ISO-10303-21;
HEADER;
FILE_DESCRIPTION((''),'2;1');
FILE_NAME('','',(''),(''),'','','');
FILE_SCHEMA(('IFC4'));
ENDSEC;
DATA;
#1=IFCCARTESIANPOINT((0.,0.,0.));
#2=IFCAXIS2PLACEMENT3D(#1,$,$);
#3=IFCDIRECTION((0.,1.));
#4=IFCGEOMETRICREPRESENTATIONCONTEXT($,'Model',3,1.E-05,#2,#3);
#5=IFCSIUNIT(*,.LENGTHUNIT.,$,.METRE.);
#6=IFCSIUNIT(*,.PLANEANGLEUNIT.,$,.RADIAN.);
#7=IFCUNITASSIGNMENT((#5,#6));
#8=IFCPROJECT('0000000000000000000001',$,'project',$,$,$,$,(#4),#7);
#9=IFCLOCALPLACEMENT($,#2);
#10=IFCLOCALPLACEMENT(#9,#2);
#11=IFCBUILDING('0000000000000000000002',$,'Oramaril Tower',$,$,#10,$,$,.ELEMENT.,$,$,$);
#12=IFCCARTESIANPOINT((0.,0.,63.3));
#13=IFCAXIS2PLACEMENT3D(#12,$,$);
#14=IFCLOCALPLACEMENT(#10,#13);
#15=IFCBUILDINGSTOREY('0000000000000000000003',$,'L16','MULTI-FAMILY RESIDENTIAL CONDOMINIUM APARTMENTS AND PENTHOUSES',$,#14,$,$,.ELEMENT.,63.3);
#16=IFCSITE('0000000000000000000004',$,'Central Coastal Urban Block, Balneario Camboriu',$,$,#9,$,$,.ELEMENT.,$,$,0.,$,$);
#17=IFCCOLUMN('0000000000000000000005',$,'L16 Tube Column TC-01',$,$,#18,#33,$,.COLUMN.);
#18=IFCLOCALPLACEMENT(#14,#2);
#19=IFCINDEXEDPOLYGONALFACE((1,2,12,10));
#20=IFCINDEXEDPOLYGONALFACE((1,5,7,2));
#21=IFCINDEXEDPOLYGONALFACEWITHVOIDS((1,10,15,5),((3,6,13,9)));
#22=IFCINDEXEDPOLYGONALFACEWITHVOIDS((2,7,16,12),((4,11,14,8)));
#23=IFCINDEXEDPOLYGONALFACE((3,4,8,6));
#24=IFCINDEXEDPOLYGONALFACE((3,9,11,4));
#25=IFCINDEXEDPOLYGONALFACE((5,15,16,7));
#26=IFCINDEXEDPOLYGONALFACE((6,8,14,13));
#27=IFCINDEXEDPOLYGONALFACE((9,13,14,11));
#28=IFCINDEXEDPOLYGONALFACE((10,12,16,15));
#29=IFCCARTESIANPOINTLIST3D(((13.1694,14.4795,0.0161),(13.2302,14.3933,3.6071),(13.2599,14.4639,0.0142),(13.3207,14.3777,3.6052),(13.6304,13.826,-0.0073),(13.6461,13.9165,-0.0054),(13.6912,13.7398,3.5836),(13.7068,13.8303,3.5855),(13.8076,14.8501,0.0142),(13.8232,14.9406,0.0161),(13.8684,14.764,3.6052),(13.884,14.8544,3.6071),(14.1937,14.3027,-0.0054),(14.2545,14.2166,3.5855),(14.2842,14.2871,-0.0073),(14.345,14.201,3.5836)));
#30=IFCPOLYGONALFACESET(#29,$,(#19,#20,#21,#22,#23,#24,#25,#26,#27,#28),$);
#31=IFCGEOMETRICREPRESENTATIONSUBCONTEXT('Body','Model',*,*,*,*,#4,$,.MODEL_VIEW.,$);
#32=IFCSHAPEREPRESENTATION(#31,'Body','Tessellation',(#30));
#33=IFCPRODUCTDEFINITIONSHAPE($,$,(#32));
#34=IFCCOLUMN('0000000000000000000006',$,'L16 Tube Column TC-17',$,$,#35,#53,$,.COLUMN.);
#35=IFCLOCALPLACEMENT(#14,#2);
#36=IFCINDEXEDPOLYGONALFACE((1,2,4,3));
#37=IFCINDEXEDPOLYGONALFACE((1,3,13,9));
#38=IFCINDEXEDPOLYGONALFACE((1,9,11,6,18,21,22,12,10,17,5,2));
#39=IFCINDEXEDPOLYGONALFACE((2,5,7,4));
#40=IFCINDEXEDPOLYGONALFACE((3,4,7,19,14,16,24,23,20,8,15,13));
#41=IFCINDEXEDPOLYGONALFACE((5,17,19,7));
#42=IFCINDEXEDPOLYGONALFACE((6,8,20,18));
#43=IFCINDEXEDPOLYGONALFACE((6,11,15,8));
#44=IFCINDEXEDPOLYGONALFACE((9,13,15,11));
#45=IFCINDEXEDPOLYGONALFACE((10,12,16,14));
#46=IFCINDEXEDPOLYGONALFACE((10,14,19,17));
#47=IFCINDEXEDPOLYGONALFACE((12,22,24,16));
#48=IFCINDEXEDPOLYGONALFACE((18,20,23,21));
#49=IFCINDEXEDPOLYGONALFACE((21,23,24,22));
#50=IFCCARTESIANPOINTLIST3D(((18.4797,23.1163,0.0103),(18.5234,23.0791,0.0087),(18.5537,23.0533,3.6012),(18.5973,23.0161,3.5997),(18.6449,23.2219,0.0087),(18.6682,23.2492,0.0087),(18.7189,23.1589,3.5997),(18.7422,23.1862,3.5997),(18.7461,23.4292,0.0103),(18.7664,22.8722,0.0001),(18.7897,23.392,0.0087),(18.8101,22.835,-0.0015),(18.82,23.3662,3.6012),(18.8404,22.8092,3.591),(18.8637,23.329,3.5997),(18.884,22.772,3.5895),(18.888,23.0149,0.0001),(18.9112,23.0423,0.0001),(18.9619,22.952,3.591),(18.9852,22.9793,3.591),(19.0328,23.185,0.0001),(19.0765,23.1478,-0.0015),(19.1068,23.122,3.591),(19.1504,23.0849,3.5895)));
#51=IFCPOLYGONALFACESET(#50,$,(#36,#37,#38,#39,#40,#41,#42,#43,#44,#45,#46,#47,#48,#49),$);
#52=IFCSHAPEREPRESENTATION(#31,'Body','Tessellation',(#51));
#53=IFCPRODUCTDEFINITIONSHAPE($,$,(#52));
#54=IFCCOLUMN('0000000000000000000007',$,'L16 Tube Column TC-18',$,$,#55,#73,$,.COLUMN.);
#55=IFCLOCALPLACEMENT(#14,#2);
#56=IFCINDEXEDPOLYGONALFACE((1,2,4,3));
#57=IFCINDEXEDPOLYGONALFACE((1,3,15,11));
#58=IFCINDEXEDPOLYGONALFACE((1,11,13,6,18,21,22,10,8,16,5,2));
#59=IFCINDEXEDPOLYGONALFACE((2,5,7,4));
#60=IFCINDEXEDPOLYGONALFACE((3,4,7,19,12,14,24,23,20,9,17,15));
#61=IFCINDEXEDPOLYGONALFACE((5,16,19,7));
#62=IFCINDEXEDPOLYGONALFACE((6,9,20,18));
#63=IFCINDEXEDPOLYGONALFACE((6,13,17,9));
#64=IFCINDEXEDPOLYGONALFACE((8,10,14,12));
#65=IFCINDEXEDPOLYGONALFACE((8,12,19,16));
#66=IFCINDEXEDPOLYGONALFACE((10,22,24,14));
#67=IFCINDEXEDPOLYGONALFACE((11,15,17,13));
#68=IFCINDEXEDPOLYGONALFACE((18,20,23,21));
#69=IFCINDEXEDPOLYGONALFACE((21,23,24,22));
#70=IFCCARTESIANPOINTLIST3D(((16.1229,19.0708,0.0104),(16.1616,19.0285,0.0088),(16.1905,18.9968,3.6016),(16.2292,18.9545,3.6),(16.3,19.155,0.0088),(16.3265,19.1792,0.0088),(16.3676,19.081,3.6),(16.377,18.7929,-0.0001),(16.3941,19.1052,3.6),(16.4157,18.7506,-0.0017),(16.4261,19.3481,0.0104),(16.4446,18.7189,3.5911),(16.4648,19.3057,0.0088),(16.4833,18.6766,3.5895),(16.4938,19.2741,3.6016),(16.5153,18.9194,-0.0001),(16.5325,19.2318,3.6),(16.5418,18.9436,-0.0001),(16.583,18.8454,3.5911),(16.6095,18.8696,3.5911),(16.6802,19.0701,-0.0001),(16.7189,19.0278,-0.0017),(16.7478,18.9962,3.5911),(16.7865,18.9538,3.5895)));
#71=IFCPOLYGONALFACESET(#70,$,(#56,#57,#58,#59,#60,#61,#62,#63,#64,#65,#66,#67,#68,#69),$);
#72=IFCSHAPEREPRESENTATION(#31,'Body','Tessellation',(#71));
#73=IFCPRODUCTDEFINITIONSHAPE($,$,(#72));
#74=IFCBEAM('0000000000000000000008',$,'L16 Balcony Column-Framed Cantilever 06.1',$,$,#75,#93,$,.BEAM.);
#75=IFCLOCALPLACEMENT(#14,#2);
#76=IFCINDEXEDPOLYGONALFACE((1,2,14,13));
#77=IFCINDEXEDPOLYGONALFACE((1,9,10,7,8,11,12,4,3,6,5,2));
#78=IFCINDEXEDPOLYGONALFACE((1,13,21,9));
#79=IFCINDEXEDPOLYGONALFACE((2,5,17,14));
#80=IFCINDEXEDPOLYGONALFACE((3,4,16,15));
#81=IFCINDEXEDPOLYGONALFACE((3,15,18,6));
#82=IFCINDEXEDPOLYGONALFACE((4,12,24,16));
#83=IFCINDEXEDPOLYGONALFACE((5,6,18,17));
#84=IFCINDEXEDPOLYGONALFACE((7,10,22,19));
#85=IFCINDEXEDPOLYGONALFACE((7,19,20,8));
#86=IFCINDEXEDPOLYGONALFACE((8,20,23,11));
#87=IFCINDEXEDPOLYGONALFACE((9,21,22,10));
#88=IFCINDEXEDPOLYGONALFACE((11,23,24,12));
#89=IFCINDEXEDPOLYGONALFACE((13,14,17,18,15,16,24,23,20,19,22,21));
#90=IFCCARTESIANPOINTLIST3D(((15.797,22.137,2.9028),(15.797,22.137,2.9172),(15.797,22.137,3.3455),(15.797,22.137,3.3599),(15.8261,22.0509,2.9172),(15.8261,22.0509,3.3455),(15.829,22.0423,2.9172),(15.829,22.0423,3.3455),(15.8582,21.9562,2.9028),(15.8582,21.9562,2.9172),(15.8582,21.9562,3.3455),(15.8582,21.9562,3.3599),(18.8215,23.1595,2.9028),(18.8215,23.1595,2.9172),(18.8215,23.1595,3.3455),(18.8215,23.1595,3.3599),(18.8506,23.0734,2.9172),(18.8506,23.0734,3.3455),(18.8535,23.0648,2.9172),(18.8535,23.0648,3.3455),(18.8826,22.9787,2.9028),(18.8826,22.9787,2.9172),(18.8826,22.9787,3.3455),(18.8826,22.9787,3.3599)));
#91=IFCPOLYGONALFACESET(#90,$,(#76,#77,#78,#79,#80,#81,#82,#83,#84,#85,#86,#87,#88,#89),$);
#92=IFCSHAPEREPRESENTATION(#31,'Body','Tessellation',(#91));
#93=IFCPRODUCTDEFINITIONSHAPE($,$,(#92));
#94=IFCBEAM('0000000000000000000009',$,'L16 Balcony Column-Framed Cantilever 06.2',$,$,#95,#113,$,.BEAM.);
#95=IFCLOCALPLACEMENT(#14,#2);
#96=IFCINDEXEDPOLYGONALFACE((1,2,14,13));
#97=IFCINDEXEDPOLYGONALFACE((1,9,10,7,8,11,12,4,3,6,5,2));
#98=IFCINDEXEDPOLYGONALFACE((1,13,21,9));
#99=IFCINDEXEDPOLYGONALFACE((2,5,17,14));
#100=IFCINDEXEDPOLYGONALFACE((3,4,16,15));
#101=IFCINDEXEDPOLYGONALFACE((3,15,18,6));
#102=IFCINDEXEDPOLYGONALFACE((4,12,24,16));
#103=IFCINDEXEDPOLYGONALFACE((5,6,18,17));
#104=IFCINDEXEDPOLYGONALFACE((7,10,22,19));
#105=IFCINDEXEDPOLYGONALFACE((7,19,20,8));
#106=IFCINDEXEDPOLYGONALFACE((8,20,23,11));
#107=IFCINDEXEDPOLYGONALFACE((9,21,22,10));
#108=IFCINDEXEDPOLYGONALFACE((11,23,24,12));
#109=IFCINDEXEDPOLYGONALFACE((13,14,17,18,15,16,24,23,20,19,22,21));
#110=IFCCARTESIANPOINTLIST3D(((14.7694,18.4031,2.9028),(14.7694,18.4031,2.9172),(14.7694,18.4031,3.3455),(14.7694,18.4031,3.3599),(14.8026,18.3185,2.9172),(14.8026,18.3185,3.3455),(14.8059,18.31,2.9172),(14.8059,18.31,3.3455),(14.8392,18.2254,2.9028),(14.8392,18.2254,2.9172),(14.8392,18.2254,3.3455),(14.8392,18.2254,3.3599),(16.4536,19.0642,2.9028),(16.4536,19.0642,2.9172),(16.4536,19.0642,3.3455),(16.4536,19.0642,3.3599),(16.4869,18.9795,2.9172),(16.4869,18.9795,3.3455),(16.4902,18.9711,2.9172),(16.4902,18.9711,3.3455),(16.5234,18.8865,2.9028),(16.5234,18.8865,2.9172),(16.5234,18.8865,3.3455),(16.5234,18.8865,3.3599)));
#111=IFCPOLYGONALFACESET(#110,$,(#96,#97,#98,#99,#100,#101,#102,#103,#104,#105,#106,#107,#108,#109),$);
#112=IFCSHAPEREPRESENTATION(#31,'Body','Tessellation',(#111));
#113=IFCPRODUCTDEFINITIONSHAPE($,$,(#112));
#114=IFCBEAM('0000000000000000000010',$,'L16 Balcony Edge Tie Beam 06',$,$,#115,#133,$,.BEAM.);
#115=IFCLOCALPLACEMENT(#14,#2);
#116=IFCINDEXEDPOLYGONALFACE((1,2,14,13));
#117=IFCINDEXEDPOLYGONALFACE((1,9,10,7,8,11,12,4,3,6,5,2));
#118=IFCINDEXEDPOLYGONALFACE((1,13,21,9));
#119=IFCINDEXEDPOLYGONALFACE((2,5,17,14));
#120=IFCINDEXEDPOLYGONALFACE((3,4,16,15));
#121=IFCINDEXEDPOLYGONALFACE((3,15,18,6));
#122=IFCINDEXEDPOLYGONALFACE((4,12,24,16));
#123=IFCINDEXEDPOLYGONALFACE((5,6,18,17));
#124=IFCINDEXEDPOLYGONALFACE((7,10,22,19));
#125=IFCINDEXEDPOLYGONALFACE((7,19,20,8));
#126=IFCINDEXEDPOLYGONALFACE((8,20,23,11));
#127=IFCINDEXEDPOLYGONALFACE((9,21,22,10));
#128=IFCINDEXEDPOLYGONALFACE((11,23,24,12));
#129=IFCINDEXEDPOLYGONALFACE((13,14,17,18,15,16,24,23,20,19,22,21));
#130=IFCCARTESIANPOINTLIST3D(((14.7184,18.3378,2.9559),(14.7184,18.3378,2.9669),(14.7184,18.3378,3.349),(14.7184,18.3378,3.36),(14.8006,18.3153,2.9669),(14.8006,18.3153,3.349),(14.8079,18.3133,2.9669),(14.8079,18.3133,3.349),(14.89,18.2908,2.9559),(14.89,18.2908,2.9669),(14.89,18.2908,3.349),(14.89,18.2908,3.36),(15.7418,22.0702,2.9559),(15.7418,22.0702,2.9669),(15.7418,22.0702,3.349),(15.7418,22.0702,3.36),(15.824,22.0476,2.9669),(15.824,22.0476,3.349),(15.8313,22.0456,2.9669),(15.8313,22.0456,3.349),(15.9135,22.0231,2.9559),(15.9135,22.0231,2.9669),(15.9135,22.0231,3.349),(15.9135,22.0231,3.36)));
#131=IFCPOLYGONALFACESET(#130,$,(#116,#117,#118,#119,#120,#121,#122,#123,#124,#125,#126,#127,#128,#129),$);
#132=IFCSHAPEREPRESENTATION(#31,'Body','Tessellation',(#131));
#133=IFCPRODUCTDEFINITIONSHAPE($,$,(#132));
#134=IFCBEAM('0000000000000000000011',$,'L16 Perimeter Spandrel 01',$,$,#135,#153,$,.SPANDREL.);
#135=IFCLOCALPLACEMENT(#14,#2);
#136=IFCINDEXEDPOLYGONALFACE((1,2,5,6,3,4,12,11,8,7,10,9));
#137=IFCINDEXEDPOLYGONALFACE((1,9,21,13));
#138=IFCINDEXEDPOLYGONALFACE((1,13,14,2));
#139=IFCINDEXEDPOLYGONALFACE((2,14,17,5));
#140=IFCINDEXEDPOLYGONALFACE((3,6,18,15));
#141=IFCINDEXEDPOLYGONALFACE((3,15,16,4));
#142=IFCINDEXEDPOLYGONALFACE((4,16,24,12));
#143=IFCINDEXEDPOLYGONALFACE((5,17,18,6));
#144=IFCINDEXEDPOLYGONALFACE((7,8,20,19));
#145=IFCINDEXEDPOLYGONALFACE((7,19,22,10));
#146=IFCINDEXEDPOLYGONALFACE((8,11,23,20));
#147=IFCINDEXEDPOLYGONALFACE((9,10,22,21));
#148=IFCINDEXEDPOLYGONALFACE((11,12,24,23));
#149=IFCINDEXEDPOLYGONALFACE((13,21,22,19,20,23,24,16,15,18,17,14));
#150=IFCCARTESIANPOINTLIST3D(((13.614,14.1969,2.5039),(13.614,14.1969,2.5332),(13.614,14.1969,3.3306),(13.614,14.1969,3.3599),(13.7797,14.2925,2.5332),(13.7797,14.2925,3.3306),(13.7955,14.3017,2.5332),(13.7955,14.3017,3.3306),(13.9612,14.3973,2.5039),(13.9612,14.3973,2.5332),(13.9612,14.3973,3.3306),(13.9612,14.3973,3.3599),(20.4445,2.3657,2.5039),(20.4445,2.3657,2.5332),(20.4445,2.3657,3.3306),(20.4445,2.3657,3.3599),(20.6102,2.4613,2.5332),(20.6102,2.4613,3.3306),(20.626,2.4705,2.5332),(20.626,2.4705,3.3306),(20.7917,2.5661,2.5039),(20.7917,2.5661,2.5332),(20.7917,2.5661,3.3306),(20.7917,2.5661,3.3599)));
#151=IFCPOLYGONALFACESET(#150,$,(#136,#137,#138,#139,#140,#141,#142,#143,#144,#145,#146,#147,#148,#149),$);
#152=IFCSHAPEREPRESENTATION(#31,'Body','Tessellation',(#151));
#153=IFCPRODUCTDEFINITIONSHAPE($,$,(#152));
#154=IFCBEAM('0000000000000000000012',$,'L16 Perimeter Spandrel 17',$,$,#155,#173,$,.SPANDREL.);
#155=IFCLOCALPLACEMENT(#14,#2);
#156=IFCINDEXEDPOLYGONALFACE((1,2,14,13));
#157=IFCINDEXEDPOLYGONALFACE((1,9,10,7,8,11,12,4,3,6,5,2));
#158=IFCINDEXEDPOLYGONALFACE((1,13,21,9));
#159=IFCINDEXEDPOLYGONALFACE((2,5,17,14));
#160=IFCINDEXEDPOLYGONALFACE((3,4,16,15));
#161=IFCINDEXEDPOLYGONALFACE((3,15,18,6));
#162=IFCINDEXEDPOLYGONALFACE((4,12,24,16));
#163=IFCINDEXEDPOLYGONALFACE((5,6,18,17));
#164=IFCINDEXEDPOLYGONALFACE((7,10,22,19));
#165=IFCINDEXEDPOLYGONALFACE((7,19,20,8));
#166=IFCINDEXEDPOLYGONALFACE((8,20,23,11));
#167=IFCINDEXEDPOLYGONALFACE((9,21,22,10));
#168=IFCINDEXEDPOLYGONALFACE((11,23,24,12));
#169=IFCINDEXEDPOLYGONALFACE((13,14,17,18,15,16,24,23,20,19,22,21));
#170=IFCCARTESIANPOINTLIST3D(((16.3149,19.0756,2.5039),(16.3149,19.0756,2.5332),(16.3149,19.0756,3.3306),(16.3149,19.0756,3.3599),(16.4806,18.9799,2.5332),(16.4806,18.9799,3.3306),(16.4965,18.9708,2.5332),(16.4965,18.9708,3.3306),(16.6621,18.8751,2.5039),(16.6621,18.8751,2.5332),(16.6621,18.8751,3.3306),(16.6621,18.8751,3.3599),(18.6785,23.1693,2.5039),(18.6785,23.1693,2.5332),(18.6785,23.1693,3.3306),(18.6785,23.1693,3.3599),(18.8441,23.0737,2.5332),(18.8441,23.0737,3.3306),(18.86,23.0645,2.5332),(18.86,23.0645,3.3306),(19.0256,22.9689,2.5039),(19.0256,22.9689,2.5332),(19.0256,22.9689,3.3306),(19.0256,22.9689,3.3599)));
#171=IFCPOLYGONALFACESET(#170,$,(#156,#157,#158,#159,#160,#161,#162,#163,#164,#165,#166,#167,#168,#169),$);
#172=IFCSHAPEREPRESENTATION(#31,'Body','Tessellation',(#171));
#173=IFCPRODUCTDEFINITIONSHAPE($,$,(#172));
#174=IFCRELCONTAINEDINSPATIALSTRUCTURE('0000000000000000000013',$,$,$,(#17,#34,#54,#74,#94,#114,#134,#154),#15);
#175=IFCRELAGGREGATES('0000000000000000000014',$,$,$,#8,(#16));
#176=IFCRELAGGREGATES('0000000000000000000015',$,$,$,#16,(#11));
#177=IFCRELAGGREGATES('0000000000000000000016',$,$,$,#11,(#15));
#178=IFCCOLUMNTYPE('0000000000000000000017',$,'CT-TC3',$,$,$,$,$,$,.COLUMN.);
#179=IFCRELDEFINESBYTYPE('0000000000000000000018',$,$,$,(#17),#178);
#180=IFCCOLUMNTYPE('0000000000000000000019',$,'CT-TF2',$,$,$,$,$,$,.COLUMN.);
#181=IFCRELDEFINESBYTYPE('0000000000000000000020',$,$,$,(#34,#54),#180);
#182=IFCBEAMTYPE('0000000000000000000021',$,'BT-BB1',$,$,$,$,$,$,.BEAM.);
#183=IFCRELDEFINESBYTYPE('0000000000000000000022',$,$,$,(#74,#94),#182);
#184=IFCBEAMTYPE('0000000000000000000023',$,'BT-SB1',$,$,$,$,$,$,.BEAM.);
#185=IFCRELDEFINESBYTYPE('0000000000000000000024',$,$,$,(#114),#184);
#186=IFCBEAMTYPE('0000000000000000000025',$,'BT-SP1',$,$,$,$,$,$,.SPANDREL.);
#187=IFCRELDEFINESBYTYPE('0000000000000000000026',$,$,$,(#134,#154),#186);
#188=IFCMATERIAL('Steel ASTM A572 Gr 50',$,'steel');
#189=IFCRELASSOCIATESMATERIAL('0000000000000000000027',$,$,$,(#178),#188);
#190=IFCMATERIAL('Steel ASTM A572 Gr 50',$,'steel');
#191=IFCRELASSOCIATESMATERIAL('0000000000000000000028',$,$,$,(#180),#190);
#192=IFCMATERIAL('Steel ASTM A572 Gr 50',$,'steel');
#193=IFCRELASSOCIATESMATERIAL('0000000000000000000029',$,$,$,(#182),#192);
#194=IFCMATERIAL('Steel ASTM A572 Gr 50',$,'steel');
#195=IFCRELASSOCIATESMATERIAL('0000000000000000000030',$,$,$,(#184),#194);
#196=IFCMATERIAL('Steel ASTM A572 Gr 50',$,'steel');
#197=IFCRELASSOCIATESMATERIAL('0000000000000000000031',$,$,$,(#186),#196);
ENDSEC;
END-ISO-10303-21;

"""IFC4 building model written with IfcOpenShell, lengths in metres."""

from ifc_helpers import new_model, si_unit, direction, frame, origin, origin_2d, place, context, subcontext, project, spatial, hollow_rectangle, i_section, extrude, material, material_profile, profile_set, type_object, element, save


model = new_model("IFC4")

# Units and contexts
model_context = context("Model", 3, precision=1e-05, world=origin(), true_north=direction((0.0, 1.0)))
body_context = subcontext(model_context, "Body", "Model", "MODEL_VIEW")
ifc_project = project(units=[si_unit("LENGTHUNIT", "METRE"), si_unit("PLANEANGLEUNIT", "RADIAN")], contexts=[model_context])

# Site, building, storey
site_placement = place(None, origin())
site = spatial("IfcSite", under=ifc_project, at=site_placement, Name="Central Coastal Urban Block, Balneario Camboriu", CompositionType="ELEMENT", RefElevation=0.0)
building_placement = place(site_placement, origin())
building = spatial("IfcBuilding", under=site, at=building_placement, Name="Oramaril Tower", CompositionType="ELEMENT")
storey_placement = place(building_placement, frame((0.0, 0.0, 63.3)))
storey = spatial("IfcBuildingStorey", under=building, at=storey_placement, Name="L16", Description="MULTI-FAMILY RESIDENTIAL CONDOMINIUM APARTMENTS AND PENTHOUSES", CompositionType="ELEMENT", Elevation=63.3)

# Columns
ifc_material_1 = material(Name="Steel ASTM A572 Gr 50", Category="steel")
ifc_material_profile_1 = material_profile(ifc_material_1, hollow_rectangle(XDim=0.8, YDim=0.8, WallThickness=0.0649, at=origin_2d()), Name="BOX800X800X65")
ifc_profile_set_1 = profile_set([ifc_material_profile_1], Name="Steel ASTM A572 Gr 50")
column_type_1 = type_object("IfcColumnType", Name="CT-TC3", PredefinedType="COLUMN", material=ifc_profile_set_1)
column_1_placement = place(storey_placement, frame((13.7268, 14.3833, 0.0044), z_axis=(0.016921, -0.023989, 0.999569), x_axis=(0.81716, 0.576411, 0.0)))
element("IfcColumn", 1, at=column_1_placement, inside=storey, type_object=column_type_1, Name="L16 Tube Column TC-01", PredefinedType="COLUMN", context=body_context, shape_type="SweptSolid", body=[
    extrude(hollow_rectangle(XDim=0.8, YDim=0.8, WallThickness=0.0649, at=origin_2d()), origin(), (0.0, 0.0, 1.0), 3.5925),
])
ifc_material_2 = material(Name="Steel ASTM A572 Gr 50", Category="steel")
ifc_material_profile_2 = material_profile(ifc_material_2, i_section(OverallWidth=0.4109, OverallDepth=0.4341, WebThickness=0.0359, FlangeThickness=0.0574, at=origin_2d()), Name="W14X311")
ifc_profile_set_2 = profile_set([ifc_material_profile_2], Name="Steel ASTM A572 Gr 50")
column_type_2 = type_object("IfcColumnType", Name="CT-TF2", PredefinedType="COLUMN", material=ifc_profile_set_2)
column_2_placement = place(storey_placement, frame((18.7781, 23.1321, 0.0044), z_axis=(0.020592, -0.017534, 0.999634), x_axis=(0.648305, 0.761381, 0.0)))
element("IfcColumn", 2, at=column_2_placement, inside=storey, type_object=column_type_2, Name="L16 Tube Column TC-17", PredefinedType="COLUMN", context=body_context, shape_type="SweptSolid", body=[
    extrude(i_section(OverallWidth=0.4109, OverallDepth=0.4341, WebThickness=0.0359, FlangeThickness=0.0574, at=origin_2d()), origin(), (0.0, 0.0, 1.0), 3.5923),
])
column_3_placement = place(storey_placement, frame((16.4209, 19.0493, 0.0044), z_axis=(0.018825, -0.020592, 0.999611), x_axis=(0.738063, 0.674731, 0.0)))
element("IfcColumn", 3, at=column_3_placement, inside=storey, type_object=column_type_2, Name="L16 Tube Column TC-18", PredefinedType="COLUMN", context=body_context, shape_type="SweptSolid", body=[
    extrude(i_section(OverallWidth=0.4109, OverallDepth=0.4341, WebThickness=0.0359, FlangeThickness=0.0574, at=origin_2d()), origin(), (0.0, 0.0, 1.0), 3.5925),
])

# Beams
ifc_material_3 = material(Name="Steel ASTM A572 Gr 50", Category="steel")
ifc_material_profile_3 = material_profile(ifc_material_3, i_section(OverallWidth=0.1909, OverallDepth=0.457, WebThickness=0.009, FlangeThickness=0.0144, at=origin_2d()), Name="W18X50")
ifc_profile_set_3 = profile_set([ifc_material_profile_3], Name="Steel ASTM A572 Gr 50")
beam_type_1 = type_object("IfcBeamType", Name="BT-BB1", PredefinedType="BEAM", material=ifc_profile_set_3)
beam_1_placement = place(storey_placement, frame((18.8521, 23.0691, 3.1313), z_axis=(-0.947329, -0.320263, 0.0), x_axis=(0.320263, -0.947329, 0.0)))
element("IfcBeam", 4, at=beam_1_placement, inside=storey, type_object=beam_type_1, Name="L16 Balcony Column-Framed Cantilever 06.1", PredefinedType="BEAM", context=body_context, shape_type="SweptSolid", body=[
    extrude(i_section(OverallWidth=0.1909, OverallDepth=0.457, WebThickness=0.009, FlangeThickness=0.0144, at=origin_2d()), origin(), (0.0, 0.0, 1.0), 3.1926),
])
beam_2_placement = place(storey_placement, frame((16.4885, 18.9753, 3.1313), z_axis=(-0.930858, -0.365381, 0.0), x_axis=(0.365381, -0.930858, 0.0)))
element("IfcBeam", 5, at=beam_2_placement, inside=storey, type_object=beam_type_1, Name="L16 Balcony Column-Framed Cantilever 06.2", PredefinedType="BEAM", context=body_context, shape_type="SweptSolid", body=[
    extrude(i_section(OverallWidth=0.1909, OverallDepth=0.457, WebThickness=0.009, FlangeThickness=0.0144, at=origin_2d()), origin(), (0.0, 0.0, 1.0), 1.8093),
])
ifc_material_4 = material(Name="Steel ASTM A572 Gr 50", Category="steel")
ifc_material_profile_4 = material_profile(ifc_material_4, i_section(OverallWidth=0.178, OverallDepth=0.4041, WebThickness=0.0076, FlangeThickness=0.011, at=origin_2d()), Name="W16X36")
ifc_profile_set_4 = profile_set([ifc_material_profile_4], Name="Steel ASTM A572 Gr 50")
beam_type_2 = type_object("IfcBeamType", Name="BT-SB1", PredefinedType="BEAM", material=ifc_profile_set_4)
beam_3_placement = place(storey_placement, frame((15.8276, 22.0466, 3.158), z_axis=(-0.264441, -0.964402, 0.0), x_axis=(0.964402, -0.264441, 0.0)))
element("IfcBeam", 6, at=beam_3_placement, inside=storey, type_object=beam_type_2, Name="L16 Balcony Edge Tie Beam 06", PredefinedType="BEAM", context=body_context, shape_type="SweptSolid", body=[
    extrude(i_section(OverallWidth=0.178, OverallDepth=0.4041, WebThickness=0.0076, FlangeThickness=0.011, at=origin_2d()), origin(), (0.0, 0.0, 1.0), 3.8701),
])
ifc_material_5 = material(Name="Steel ASTM A572 Gr 50", Category="steel")
ifc_material_profile_5 = material_profile(ifc_material_5, i_section(OverallWidth=0.4009, OverallDepth=0.856, WebThickness=0.0183, FlangeThickness=0.0293, at=origin_2d()), Name="W33X201")
ifc_profile_set_5 = profile_set([ifc_material_profile_5], Name="Steel ASTM A572 Gr 50")
beam_type_3 = type_object("IfcBeamType", Name="BT-SP1", PredefinedType="SPANDREL", material=ifc_profile_set_5)
beam_4_placement = place(storey_placement, frame((13.7876, 14.2971, 2.9319), z_axis=(0.499987, -0.866033, 0.0), x_axis=(0.866033, 0.499987, 0.0)))
element("IfcBeam", 7, at=beam_4_placement, inside=storey, type_object=beam_type_3, Name="L16 Perimeter Spandrel 01", PredefinedType="SPANDREL", context=body_context, shape_type="SweptSolid", body=[
    extrude(i_section(OverallWidth=0.4009, OverallDepth=0.856, WebThickness=0.0183, FlangeThickness=0.0293, at=origin_2d()), origin(), (0.0, 0.0, 1.0), 13.6614),
])
beam_5_placement = place(storey_placement, frame((18.8521, 23.0691, 2.9319), z_axis=(-0.5, -0.866026, 0.0), x_axis=(0.866026, -0.5, 0.0)))
element("IfcBeam", 8, at=beam_5_placement, inside=storey, type_object=beam_type_3, Name="L16 Perimeter Spandrel 17", PredefinedType="SPANDREL", context=body_context, shape_type="SweptSolid", body=[
    extrude(i_section(OverallWidth=0.4009, OverallDepth=0.856, WebThickness=0.0183, FlangeThickness=0.0293, at=origin_2d()), origin(), (0.0, 0.0, 1.0), 4.7271),
])

save(model, "model.ifc")
